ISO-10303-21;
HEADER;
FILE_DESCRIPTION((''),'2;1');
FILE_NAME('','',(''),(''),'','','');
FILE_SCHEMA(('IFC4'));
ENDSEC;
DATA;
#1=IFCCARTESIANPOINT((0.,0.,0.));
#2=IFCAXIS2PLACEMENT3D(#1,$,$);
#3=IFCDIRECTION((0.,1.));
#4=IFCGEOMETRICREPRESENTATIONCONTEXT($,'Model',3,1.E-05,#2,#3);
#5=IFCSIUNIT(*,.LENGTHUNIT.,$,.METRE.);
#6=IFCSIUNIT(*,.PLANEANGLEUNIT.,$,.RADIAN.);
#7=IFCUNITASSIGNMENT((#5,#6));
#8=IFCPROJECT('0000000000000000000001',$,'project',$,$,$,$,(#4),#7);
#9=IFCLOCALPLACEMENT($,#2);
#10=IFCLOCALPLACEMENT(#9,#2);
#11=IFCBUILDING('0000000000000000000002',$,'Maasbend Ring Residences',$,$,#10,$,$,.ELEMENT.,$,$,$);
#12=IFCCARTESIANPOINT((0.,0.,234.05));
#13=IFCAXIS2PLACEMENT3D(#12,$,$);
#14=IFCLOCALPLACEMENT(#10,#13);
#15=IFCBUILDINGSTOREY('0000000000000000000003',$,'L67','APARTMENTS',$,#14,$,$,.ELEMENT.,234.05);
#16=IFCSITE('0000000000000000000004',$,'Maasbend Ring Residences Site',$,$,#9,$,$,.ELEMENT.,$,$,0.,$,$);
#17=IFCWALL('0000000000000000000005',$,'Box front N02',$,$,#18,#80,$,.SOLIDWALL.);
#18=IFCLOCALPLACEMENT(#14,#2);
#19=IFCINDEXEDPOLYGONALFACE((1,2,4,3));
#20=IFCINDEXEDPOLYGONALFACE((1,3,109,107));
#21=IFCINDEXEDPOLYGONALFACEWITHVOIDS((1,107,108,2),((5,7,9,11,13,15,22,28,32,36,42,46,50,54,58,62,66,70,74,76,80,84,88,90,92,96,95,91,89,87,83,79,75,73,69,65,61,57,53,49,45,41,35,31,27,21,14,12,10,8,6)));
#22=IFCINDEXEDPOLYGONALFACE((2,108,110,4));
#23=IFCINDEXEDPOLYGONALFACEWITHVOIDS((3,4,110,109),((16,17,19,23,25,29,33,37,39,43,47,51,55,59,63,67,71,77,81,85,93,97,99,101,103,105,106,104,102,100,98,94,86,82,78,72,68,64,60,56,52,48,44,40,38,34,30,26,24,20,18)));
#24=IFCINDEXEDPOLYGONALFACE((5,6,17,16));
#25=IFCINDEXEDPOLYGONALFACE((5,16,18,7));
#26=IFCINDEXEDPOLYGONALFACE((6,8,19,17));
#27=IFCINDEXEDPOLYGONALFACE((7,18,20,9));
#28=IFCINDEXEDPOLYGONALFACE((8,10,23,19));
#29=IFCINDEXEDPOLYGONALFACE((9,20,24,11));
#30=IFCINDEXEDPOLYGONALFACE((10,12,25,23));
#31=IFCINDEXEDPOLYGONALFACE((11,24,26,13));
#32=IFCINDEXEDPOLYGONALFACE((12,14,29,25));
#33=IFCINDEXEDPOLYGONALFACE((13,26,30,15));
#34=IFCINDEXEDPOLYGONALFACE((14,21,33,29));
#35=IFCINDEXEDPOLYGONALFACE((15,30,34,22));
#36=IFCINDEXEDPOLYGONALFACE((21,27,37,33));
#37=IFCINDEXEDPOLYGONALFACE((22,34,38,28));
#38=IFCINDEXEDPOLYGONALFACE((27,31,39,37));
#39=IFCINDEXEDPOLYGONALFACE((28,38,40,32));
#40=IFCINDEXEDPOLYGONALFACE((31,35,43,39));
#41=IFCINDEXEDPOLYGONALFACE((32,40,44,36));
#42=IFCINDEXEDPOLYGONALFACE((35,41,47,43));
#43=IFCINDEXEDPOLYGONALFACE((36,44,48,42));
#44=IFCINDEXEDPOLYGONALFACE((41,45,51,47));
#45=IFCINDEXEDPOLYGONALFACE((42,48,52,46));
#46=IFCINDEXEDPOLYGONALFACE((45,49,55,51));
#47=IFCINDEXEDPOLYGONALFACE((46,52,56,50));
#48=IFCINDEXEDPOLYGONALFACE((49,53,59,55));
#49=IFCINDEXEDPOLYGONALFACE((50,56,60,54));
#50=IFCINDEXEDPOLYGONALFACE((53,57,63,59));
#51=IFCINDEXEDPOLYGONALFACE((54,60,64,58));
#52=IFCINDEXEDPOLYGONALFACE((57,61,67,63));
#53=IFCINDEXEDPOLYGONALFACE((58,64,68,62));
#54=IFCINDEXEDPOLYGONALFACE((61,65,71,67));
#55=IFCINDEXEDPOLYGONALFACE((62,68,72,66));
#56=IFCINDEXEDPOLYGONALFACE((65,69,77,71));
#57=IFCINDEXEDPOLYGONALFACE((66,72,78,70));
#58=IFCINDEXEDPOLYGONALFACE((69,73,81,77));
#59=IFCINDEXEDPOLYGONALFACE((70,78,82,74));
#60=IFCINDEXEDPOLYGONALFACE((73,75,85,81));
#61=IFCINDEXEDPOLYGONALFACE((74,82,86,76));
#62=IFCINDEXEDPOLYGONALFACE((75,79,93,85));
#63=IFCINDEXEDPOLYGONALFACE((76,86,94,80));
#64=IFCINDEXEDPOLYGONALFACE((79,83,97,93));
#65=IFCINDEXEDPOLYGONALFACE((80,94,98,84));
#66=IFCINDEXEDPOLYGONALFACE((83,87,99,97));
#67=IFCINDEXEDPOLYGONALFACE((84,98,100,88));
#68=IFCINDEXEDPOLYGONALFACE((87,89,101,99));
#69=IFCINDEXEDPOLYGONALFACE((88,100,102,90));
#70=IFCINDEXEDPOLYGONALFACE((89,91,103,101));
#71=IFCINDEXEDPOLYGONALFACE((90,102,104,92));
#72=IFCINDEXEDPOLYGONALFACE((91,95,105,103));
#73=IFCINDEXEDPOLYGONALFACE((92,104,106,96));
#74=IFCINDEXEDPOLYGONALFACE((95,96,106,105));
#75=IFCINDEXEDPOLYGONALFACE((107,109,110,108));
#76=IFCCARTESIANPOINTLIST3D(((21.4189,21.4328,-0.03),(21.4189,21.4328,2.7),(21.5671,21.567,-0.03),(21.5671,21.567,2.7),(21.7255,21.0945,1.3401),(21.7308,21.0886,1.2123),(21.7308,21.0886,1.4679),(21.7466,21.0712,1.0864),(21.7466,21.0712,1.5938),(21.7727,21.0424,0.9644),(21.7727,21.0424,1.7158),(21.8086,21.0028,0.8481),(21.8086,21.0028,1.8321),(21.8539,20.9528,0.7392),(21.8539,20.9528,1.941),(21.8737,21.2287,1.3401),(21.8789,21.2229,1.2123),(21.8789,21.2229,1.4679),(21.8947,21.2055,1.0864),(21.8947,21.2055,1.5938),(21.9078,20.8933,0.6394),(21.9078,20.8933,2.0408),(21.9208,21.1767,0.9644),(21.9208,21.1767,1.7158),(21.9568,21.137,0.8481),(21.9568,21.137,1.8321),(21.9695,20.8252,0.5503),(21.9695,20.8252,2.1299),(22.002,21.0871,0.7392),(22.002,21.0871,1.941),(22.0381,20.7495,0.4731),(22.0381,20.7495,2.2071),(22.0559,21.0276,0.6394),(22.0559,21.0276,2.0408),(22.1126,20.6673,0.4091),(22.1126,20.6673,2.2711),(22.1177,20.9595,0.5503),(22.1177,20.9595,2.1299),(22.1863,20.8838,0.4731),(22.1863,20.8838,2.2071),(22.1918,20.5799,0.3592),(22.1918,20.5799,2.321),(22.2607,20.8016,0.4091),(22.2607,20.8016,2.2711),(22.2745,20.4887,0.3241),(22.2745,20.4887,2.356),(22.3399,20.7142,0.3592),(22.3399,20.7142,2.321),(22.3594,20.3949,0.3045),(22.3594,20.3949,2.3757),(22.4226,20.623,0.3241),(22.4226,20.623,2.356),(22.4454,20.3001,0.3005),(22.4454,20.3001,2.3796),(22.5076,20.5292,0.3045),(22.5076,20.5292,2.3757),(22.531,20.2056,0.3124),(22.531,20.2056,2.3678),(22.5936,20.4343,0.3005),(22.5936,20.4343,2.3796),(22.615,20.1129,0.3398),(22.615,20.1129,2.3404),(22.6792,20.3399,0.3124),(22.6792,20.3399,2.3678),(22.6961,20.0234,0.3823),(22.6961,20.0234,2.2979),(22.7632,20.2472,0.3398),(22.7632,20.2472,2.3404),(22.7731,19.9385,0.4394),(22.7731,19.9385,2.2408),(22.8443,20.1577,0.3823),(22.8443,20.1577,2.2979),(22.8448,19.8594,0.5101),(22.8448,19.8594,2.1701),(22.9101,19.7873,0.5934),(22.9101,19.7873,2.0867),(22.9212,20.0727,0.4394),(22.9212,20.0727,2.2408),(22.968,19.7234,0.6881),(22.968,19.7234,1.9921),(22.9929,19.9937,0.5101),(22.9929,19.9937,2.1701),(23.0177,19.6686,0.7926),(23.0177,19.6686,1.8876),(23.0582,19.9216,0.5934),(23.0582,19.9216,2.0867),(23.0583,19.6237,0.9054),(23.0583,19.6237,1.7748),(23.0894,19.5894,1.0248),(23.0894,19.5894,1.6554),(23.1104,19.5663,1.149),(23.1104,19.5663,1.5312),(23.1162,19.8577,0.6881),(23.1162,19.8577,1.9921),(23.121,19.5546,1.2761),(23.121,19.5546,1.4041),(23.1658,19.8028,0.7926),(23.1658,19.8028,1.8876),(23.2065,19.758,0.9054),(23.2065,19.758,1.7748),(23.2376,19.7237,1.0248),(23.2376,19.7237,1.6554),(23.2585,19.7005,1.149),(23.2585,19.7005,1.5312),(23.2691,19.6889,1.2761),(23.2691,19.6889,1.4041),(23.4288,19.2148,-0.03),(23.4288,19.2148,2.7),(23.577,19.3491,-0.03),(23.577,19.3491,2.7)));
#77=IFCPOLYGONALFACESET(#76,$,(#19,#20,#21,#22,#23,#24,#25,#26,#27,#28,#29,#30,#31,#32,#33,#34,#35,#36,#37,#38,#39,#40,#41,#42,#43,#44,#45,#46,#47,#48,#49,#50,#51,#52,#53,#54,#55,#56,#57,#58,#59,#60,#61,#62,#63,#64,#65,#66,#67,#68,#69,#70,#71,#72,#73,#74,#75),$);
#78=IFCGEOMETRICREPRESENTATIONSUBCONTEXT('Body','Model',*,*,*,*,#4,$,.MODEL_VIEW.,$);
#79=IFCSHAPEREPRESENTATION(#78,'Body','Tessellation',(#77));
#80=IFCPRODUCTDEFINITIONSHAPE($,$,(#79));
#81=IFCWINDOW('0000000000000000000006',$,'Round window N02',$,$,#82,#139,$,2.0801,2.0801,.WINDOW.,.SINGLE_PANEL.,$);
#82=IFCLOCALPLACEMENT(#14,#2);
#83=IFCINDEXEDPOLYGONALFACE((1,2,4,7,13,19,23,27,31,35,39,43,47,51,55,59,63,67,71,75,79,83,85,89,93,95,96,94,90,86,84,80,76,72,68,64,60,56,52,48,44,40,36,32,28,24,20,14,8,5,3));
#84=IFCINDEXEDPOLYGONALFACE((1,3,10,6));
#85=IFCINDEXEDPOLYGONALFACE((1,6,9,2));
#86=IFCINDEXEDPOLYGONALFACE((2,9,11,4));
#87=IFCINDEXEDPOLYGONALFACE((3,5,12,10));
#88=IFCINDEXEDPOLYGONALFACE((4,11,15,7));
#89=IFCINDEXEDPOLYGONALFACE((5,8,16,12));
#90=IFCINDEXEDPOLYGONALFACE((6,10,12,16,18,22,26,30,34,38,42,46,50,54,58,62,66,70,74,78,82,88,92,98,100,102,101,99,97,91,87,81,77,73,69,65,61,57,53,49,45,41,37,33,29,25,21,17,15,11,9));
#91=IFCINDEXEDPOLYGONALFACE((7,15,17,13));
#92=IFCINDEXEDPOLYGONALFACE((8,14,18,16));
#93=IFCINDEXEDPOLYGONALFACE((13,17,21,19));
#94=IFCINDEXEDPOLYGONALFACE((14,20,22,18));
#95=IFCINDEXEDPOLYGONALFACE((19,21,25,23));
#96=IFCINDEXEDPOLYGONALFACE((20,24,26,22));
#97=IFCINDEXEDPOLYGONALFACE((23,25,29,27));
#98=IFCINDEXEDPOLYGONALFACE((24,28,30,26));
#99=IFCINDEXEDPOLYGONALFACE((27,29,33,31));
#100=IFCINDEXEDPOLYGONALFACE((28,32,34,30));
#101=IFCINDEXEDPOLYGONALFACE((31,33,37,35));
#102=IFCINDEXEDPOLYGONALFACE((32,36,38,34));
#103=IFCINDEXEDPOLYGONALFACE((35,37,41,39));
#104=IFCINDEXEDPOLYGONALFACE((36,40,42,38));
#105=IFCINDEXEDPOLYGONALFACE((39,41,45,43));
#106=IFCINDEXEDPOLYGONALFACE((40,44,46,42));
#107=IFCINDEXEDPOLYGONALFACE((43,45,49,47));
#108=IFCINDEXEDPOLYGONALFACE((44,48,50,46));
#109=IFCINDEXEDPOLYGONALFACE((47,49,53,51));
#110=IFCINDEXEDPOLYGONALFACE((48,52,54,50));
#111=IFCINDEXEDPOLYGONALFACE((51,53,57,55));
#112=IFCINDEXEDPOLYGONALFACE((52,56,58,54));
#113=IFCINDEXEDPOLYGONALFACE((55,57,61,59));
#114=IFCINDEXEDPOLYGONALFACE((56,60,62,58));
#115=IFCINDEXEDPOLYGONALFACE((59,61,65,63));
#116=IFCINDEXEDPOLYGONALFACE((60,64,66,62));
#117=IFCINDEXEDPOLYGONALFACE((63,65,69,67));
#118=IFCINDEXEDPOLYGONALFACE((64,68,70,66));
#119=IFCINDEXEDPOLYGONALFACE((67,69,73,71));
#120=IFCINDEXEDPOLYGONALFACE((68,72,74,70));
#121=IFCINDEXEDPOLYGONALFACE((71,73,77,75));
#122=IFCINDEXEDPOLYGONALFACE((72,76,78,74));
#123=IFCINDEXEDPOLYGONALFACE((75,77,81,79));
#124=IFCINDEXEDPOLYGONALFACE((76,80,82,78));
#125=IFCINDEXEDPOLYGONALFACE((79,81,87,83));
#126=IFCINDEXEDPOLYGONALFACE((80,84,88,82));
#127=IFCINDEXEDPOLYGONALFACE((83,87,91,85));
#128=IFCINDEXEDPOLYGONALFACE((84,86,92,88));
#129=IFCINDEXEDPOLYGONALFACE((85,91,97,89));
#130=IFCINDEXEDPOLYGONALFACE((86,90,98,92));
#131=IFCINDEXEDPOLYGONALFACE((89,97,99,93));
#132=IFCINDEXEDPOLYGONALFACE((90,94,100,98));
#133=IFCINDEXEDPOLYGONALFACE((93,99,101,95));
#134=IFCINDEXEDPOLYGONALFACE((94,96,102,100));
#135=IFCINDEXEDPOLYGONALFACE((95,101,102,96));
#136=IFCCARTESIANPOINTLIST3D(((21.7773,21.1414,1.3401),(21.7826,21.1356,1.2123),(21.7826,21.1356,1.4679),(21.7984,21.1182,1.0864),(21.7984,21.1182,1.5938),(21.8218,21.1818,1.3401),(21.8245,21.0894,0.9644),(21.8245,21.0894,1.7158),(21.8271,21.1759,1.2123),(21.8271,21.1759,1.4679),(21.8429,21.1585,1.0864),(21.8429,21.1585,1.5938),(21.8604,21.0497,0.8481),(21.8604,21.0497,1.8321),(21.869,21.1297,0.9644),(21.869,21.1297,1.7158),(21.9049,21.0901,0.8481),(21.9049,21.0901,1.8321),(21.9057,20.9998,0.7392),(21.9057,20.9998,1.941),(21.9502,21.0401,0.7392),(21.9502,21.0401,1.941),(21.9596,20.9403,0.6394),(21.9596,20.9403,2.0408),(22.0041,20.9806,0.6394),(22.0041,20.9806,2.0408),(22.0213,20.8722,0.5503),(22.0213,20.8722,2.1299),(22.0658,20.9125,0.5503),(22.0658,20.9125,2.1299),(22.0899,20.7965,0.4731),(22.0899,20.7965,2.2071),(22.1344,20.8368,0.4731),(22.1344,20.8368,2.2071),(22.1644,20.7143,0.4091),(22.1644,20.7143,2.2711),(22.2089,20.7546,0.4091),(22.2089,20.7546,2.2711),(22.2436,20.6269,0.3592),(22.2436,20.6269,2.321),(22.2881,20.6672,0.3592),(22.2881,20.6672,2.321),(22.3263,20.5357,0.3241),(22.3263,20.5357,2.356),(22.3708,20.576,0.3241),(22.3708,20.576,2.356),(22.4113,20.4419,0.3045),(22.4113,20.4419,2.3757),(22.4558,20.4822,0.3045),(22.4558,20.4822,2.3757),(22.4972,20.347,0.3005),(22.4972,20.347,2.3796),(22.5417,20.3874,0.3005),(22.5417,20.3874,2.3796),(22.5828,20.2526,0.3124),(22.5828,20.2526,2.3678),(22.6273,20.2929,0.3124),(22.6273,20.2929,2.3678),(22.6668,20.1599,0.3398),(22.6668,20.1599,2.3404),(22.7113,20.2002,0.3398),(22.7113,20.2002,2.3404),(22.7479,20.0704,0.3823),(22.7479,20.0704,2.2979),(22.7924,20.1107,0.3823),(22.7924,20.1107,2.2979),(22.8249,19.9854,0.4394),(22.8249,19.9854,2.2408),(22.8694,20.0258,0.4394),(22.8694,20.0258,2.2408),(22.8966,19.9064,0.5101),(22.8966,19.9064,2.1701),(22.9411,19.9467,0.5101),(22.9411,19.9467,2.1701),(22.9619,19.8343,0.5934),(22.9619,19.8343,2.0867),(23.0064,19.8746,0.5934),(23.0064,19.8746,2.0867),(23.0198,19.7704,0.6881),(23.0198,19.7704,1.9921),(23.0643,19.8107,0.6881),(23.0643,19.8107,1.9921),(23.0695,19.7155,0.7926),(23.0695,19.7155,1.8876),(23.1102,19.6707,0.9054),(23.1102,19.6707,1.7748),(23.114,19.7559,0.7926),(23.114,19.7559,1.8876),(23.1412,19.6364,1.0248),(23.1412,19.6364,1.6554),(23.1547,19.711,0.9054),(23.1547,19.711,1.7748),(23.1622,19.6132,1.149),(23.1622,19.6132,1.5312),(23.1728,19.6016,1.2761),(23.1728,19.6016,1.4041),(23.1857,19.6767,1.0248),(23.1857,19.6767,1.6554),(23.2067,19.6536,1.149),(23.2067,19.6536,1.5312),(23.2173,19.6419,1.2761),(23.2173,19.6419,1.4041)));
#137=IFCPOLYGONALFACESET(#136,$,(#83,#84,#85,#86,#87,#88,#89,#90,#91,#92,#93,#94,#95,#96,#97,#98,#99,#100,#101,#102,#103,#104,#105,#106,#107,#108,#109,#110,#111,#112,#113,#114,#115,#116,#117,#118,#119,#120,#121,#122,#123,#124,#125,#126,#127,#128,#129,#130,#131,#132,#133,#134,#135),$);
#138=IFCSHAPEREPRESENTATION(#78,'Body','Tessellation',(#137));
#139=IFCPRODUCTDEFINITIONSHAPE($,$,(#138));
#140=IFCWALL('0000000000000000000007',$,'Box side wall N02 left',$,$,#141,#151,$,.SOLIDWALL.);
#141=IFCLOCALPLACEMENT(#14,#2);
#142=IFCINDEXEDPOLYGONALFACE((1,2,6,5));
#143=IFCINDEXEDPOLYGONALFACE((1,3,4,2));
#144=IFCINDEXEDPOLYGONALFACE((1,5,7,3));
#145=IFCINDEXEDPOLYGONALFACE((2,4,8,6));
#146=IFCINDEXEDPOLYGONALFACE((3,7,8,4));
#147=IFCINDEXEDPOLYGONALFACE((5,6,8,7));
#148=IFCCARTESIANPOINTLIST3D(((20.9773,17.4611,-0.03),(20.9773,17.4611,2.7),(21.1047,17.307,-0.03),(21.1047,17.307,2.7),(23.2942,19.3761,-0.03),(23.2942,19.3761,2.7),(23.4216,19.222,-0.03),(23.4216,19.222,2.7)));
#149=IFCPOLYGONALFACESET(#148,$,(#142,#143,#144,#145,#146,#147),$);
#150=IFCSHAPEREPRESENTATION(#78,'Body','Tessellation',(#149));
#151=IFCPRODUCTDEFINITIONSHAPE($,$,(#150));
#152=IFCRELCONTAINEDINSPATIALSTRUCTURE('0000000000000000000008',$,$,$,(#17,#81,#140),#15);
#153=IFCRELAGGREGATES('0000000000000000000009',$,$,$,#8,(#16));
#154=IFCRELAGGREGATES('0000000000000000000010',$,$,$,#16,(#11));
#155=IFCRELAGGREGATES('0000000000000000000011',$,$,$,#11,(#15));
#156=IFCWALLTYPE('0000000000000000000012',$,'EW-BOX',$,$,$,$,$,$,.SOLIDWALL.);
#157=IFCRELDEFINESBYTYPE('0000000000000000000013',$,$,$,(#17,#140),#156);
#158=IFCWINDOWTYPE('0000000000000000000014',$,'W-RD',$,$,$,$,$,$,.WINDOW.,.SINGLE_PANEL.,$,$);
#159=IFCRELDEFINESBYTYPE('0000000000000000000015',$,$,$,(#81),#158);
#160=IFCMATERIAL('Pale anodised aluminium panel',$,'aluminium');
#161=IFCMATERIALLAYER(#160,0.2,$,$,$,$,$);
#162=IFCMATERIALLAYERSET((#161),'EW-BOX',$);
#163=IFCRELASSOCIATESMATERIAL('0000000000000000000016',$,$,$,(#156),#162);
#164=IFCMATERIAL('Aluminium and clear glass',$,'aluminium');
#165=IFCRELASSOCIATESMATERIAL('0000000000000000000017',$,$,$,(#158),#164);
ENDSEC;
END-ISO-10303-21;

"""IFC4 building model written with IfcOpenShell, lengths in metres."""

from ifc_helpers import new_model, si_unit, direction, frame, frame_2d, origin, place, context, subcontext, project, spatial, rectangle, circle, extrude, material, layer, layer_set, type_object, element, fill, save


model = new_model("IFC4")

# Units and contexts
model_context = context("Model", 3, precision=1e-05, world=origin(), true_north=direction((0.0, 1.0)))
body_context = subcontext(model_context, "Body", "Model", "MODEL_VIEW")
ifc_project = project(units=[si_unit("LENGTHUNIT", "METRE"), si_unit("PLANEANGLEUNIT", "RADIAN")], contexts=[model_context])

# Site, building, storey
site_placement = place(None, origin())
site = spatial("IfcSite", under=ifc_project, at=site_placement, Name="Maasbend Ring Residences Site", CompositionType="ELEMENT", RefElevation=0.0)
building_placement = place(site_placement, origin())
building = spatial("IfcBuilding", under=site, at=building_placement, Name="Maasbend Ring Residences", CompositionType="ELEMENT")
storey_placement = place(building_placement, frame((0.0, 0.0, 234.05)))
storey = spatial("IfcBuildingStorey", under=building, at=storey_placement, Name="L67", Description="APARTMENTS", CompositionType="ELEMENT", Elevation=234.05)

# Wall, opening, window
ifc_material_1 = material(Name="Pale anodised aluminium panel", Category="aluminium")
ifc_layer_1 = layer(ifc_material_1, 0.2)
ifc_layer_set_1 = layer_set([ifc_layer_1], Name="EW-BOX")
wall_type_1 = type_object("IfcWallType", Name="EW-BOX", PredefinedType="SOLIDWALL", material=ifc_layer_set_1)
wall_1_placement = place(storey_placement, frame((23.5029, 19.282, -0.03), z_axis=(0.0, 0.0, 1.0), x_axis=(-0.671507, 0.740998, 0.0)))
wall_1 = element("IfcWall", 1, at=wall_1_placement, inside=storey, type_object=wall_type_1, Name="Box front N02", PredefinedType="SOLIDWALL", context=body_context, shape_type="SweptSolid", body=[
    extrude(rectangle(XDim=2.9932, YDim=0.2, at=frame_2d((1.4966, 0.0))), origin(), (0.0, 0.0, 1.0), 2.73),
])
opening_1_placement = place(wall_1_placement, frame((0.4565, 0.0, 0.3301)))
opening_1 = element("IfcOpeningElement", 2, at=opening_1_placement, cuts=wall_1, PredefinedType="OPENING", context=body_context, shape_type="SweptSolid", body=[
    extrude(circle(Radius=1.04, at=frame_2d((1.04, 1.04))), frame((0.0, 0.1099, 0.0), z_axis=(0.0, -1.0, 0.0), x_axis=(1.0, 0.0, 0.0)), (0.0, 0.0, 1.0), 0.22),
])
ifc_material_2 = material(Name="Aluminium and clear glass", Category="aluminium")
window_type_1 = type_object("IfcWindowType", Name="W-RD", PartitioningType="SINGLE_PANEL", PredefinedType="WINDOW", material=ifc_material_2)
window_1_placement = place(opening_1_placement, origin())
window_1 = element("IfcWindow", 3, at=window_1_placement, inside=storey, type_object=window_type_1, Name="Round window N02", OverallHeight=2.0801, OverallWidth=2.0801, PartitioningType="SINGLE_PANEL", PredefinedType="WINDOW", context=body_context, shape_type="SweptSolid", body=[
    extrude(circle(Radius=1.04, at=frame_2d((1.04, 1.04))), frame((0.0, 0.03, 0.0), z_axis=(0.0, -1.0, 0.0), x_axis=(1.0, 0.0, 0.0)), (0.0, 0.0, 1.0), 0.0601),
])
fill(opening_1, window_1)

# Wall
wall_2_placement = place(storey_placement, frame((21.041, 17.384, -0.03), z_axis=(0.0, 0.0, 1.0), x_axis=(0.770785, 0.637096, 0.0)))
element("IfcWall", 4, at=wall_2_placement, inside=storey, type_object=wall_type_1, Name="Box side wall N02 left", PredefinedType="SOLIDWALL", context=body_context, shape_type="SweptSolid", body=[
    extrude(rectangle(XDim=3.0059, YDim=0.2, at=frame_2d((1.5029, 0.0))), origin(), (0.0, 0.0, 1.0), 2.73),
])

save(model, "model.ifc")
